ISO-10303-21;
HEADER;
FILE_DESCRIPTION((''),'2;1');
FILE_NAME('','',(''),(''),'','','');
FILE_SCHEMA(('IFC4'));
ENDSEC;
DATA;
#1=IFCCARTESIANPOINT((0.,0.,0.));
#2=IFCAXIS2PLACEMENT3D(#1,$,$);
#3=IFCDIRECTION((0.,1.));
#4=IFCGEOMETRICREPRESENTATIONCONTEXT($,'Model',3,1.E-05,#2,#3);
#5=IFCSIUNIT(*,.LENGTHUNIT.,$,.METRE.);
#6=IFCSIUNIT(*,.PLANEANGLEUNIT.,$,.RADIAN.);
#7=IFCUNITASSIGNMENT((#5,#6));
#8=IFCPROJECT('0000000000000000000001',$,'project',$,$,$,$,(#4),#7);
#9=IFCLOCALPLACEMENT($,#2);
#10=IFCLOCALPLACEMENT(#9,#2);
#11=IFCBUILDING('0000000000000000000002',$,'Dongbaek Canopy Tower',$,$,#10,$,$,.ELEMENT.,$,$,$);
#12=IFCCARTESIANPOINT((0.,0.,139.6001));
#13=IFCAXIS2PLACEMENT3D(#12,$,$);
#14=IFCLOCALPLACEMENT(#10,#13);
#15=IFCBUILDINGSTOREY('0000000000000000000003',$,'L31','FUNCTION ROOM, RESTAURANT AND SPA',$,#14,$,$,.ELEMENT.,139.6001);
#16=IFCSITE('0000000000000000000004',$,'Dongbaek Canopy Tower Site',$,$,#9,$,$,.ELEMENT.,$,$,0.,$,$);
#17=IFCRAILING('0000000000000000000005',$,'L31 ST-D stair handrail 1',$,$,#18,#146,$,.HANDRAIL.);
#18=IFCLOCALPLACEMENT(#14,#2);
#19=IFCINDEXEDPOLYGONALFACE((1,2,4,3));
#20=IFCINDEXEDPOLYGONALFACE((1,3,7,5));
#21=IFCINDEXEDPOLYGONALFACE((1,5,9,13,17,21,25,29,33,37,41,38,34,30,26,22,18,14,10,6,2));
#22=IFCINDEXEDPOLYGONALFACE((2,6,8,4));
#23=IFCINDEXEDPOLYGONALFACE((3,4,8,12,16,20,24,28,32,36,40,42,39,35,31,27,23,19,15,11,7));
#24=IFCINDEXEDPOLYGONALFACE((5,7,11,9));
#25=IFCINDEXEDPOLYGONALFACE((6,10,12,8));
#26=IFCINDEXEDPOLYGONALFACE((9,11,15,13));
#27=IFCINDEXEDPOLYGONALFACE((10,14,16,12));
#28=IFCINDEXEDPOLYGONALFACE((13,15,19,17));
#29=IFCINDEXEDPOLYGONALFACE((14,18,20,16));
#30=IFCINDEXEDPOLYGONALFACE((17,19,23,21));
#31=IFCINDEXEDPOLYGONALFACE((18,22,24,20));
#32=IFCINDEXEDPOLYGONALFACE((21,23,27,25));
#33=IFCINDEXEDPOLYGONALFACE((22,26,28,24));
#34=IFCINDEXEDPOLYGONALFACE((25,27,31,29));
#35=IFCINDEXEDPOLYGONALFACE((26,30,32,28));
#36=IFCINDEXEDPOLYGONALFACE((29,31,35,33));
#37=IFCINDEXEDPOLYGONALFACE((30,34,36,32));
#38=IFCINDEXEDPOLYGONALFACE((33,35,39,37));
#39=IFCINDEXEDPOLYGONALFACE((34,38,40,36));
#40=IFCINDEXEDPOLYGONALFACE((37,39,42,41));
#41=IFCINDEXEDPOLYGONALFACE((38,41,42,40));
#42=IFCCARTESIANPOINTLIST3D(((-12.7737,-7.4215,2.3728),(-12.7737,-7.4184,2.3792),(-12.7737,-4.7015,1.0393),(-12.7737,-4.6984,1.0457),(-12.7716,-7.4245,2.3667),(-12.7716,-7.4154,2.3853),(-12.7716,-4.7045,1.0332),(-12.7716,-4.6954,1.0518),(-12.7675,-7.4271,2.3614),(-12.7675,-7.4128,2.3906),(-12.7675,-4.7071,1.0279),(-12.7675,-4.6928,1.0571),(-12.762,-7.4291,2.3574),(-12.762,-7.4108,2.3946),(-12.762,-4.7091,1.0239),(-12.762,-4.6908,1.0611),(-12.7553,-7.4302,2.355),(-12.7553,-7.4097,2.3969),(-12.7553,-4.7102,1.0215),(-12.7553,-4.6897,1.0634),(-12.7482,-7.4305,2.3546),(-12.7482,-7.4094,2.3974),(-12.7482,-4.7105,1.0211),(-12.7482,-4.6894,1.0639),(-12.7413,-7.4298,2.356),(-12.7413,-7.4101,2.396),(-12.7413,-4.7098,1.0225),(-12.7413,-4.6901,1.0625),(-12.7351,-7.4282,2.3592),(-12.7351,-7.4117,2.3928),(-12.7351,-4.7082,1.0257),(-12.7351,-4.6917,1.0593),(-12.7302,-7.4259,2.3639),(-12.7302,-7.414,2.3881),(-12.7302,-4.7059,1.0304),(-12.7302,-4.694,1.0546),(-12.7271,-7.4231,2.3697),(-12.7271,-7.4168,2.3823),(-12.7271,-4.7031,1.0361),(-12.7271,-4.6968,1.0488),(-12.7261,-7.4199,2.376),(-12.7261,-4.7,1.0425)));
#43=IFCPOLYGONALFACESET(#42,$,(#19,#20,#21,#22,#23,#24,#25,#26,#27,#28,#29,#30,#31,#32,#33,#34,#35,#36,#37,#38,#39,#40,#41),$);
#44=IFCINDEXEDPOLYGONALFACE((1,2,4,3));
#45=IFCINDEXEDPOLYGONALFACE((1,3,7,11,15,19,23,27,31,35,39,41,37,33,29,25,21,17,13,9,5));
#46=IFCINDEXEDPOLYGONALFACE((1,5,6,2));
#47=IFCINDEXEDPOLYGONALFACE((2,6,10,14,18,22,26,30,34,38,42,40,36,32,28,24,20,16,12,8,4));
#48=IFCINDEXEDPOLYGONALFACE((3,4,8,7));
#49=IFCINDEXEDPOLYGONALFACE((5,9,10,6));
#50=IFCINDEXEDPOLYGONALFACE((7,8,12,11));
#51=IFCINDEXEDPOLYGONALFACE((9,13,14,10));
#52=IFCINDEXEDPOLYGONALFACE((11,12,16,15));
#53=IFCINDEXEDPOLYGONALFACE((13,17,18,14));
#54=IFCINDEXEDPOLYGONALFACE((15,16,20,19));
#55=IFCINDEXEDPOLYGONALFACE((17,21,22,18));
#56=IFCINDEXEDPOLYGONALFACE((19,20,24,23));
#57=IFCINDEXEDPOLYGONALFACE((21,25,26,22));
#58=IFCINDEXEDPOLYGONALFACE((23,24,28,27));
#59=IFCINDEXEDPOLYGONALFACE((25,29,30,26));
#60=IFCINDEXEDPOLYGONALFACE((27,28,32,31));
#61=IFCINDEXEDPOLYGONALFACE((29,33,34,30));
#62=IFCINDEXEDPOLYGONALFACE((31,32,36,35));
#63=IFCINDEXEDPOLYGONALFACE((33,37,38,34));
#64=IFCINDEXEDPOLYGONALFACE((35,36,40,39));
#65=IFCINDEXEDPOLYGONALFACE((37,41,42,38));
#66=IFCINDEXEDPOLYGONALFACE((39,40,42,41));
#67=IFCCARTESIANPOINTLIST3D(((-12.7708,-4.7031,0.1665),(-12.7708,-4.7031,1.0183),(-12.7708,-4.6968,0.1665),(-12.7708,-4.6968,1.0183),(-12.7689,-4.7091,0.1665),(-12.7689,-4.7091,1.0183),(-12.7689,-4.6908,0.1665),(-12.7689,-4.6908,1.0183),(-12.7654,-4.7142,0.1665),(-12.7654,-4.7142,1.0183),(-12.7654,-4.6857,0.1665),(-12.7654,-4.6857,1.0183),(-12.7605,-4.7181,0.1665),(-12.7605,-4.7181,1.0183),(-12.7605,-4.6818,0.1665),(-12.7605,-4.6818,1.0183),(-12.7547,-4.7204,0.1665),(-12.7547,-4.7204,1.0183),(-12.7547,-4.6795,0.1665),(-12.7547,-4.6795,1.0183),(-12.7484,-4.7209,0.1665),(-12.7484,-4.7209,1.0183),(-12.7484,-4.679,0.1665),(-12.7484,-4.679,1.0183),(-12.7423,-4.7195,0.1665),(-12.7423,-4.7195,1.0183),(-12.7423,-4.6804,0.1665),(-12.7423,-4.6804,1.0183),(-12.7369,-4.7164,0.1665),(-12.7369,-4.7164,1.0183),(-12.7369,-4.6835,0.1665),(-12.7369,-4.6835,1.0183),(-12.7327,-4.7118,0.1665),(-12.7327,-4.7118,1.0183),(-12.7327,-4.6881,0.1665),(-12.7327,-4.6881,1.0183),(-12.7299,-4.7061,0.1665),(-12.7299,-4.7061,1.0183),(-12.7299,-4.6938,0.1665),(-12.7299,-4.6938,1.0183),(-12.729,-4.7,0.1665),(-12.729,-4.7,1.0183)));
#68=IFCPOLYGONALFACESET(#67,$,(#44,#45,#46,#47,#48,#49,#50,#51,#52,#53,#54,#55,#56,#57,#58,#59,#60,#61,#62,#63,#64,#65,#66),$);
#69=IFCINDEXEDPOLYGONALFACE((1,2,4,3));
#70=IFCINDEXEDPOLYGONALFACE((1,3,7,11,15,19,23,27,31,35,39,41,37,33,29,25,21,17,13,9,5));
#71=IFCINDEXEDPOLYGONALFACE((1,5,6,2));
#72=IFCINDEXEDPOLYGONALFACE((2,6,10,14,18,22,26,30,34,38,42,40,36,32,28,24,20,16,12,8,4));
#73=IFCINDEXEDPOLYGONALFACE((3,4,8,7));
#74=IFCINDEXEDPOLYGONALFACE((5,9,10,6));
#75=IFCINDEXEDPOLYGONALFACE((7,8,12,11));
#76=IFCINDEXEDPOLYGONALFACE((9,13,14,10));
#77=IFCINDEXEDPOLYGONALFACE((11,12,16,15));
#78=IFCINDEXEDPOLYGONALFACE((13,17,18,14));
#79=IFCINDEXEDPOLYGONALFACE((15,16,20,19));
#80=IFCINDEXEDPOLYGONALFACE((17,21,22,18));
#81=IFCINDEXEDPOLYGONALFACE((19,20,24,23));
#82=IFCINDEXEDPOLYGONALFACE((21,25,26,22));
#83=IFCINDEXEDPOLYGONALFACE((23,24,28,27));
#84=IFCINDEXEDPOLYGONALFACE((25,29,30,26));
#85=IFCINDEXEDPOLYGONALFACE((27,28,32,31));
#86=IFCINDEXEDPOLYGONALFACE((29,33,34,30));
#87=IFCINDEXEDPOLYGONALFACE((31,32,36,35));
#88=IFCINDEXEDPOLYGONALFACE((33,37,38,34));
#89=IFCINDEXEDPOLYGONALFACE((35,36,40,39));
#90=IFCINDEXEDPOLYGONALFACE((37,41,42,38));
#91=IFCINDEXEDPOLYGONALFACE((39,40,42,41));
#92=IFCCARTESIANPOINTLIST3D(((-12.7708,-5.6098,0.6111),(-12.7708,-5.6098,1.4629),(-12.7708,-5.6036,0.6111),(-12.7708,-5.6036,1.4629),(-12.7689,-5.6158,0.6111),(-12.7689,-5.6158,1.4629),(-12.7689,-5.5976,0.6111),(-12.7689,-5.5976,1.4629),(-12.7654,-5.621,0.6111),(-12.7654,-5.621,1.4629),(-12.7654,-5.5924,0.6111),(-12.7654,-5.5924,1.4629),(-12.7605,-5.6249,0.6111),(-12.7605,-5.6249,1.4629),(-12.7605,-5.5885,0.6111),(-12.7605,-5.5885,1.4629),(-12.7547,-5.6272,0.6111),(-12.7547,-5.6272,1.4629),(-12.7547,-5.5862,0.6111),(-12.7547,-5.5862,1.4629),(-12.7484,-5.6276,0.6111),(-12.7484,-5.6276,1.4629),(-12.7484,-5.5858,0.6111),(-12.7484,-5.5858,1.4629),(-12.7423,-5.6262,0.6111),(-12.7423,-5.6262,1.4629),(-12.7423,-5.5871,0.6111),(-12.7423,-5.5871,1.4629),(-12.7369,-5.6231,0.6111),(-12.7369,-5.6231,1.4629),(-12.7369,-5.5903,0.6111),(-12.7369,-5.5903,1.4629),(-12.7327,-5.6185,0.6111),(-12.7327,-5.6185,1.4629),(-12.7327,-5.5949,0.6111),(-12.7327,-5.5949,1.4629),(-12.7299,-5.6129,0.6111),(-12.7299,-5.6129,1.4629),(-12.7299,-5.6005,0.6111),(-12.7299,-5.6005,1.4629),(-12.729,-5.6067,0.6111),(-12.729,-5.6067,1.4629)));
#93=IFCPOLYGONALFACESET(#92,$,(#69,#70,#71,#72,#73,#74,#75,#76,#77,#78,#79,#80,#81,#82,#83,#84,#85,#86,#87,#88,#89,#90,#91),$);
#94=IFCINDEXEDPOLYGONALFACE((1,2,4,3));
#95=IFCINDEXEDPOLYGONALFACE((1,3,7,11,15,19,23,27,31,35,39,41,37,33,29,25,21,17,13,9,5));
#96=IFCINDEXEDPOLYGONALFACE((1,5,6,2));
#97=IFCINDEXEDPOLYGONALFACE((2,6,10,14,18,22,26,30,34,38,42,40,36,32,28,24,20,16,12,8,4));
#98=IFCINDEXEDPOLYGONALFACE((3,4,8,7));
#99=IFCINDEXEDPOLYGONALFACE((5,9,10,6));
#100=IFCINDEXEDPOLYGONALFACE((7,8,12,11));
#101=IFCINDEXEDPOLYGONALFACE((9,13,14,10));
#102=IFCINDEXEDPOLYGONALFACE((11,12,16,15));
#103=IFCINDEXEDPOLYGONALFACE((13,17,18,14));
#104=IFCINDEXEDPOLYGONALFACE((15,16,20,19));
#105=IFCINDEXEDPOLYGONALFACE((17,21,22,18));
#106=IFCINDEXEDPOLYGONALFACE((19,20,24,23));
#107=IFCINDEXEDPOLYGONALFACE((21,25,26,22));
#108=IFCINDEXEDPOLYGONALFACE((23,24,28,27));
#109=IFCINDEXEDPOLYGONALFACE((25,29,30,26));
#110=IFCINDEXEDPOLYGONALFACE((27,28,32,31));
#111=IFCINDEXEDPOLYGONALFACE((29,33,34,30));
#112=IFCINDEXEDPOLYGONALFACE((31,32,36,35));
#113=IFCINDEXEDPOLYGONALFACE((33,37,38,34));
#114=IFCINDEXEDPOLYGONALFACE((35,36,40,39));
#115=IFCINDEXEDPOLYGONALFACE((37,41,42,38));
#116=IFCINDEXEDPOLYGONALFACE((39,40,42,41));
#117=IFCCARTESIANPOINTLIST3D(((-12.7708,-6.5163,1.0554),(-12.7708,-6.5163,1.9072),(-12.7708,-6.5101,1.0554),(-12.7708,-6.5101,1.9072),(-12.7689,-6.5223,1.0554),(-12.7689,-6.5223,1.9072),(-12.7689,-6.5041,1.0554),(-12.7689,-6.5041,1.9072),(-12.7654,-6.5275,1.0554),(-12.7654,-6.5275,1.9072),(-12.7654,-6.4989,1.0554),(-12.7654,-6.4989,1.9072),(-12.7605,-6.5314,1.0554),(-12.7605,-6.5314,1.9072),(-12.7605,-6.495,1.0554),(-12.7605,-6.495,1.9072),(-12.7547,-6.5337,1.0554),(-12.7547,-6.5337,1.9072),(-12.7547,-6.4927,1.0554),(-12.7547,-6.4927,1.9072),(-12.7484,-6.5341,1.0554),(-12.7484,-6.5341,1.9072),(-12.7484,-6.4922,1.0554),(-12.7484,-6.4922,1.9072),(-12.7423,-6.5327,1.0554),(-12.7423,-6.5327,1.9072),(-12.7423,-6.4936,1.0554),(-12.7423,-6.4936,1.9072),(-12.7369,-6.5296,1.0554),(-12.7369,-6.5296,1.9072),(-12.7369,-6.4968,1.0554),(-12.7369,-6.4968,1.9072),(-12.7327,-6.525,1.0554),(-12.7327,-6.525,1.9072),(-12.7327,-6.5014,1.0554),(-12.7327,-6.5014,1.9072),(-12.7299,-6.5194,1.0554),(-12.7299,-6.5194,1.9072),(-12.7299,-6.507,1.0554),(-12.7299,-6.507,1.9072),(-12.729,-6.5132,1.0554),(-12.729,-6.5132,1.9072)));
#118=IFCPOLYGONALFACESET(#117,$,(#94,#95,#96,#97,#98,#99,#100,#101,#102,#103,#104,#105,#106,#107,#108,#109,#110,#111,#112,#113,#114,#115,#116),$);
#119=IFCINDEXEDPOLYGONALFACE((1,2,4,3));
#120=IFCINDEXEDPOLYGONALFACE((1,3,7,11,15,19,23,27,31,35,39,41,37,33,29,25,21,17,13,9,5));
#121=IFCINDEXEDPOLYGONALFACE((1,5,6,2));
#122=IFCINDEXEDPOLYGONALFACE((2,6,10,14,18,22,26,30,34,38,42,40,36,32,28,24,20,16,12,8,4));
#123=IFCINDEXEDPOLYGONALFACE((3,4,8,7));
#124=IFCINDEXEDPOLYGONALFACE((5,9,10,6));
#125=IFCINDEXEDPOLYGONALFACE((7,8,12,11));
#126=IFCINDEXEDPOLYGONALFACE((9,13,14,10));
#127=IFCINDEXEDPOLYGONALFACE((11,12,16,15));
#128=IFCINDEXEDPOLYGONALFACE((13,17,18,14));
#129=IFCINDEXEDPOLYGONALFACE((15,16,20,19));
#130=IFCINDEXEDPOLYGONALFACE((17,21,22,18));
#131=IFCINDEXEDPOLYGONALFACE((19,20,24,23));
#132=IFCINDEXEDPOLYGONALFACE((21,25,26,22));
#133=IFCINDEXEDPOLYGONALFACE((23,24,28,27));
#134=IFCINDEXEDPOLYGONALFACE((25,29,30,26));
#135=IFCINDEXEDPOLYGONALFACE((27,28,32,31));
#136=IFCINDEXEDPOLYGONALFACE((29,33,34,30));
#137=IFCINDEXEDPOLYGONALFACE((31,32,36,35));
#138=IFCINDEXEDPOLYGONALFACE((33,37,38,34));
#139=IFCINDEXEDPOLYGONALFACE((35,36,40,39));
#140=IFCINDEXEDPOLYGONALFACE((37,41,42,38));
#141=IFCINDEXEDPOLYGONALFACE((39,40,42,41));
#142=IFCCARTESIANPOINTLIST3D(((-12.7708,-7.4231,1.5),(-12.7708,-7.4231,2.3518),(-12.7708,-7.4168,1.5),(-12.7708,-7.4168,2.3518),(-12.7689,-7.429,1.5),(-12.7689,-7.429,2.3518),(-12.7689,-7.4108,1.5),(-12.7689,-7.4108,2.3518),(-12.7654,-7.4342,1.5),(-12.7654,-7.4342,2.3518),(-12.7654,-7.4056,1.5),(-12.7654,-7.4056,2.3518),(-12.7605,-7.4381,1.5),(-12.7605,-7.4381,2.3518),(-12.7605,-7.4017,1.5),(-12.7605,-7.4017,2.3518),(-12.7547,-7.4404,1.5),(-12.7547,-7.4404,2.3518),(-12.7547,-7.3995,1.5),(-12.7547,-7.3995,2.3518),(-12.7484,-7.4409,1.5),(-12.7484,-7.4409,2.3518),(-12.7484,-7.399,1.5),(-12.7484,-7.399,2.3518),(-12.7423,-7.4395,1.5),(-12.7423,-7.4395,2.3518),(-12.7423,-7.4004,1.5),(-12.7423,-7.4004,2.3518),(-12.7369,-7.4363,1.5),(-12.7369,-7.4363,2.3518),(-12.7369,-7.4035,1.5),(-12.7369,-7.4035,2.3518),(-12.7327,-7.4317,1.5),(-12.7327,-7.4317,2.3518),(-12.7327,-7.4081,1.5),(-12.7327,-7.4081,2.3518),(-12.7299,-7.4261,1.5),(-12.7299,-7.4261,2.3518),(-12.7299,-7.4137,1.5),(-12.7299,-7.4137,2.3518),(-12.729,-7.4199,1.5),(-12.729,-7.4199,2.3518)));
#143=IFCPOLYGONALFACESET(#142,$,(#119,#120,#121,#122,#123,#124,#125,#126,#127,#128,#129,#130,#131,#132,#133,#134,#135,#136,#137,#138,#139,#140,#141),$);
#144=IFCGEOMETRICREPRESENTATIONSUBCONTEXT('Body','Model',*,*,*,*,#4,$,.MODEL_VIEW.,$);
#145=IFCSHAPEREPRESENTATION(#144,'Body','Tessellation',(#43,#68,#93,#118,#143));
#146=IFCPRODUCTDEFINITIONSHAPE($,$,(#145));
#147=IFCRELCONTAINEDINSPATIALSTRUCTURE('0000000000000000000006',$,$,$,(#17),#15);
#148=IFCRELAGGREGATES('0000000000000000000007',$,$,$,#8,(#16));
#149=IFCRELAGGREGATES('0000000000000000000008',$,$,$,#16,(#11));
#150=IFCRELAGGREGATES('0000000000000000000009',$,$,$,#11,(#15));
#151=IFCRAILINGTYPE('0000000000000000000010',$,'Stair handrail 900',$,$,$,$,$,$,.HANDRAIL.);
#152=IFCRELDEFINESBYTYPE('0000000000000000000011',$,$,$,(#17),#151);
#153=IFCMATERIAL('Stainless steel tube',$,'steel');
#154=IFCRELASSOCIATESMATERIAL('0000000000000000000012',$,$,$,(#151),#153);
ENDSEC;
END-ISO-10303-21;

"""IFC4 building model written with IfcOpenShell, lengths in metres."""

from ifc_helpers import new_model, si_unit, direction, frame, origin, origin_2d, place, context, subcontext, project, spatial, circle, extrude, material, type_object, element, save


model = new_model("IFC4")

# Units and contexts
model_context = context("Model", 3, precision=1e-05, world=origin(), true_north=direction((0.0, 1.0)))
body_context = subcontext(model_context, "Body", "Model", "MODEL_VIEW")
ifc_project = project(units=[si_unit("LENGTHUNIT", "METRE"), si_unit("PLANEANGLEUNIT", "RADIAN")], contexts=[model_context])

# Site, building, storey
site_placement = place(None, origin())
site = spatial("IfcSite", under=ifc_project, at=site_placement, Name="Dongbaek Canopy Tower Site", CompositionType="ELEMENT", RefElevation=0.0)
building_placement = place(site_placement, origin())
building = spatial("IfcBuilding", under=site, at=building_placement, Name="Dongbaek Canopy Tower", CompositionType="ELEMENT")
storey_placement = place(building_placement, frame((0.0, 0.0, 139.6001)))
storey = spatial("IfcBuildingStorey", under=building, at=storey_placement, Name="L31", Description="FUNCTION ROOM, RESTAURANT AND SPA", CompositionType="ELEMENT", Elevation=139.6001)

# Railing
ifc_material_1 = material(Name="Stainless steel tube", Category="steel")
railing_type_1 = type_object("IfcRailingType", Name="Stair handrail 900", PredefinedType="HANDRAIL", material=ifc_material_1)
railing_1_placement = place(storey_placement, frame((-12.75, -4.7, 0.1665)))
element("IfcRailing", 1, at=railing_1_placement, inside=storey, type_object=railing_type_1, Name="L31 ST-D stair handrail 1", PredefinedType="HANDRAIL", context=body_context, shape_type="SweptSolid", body=[
    extrude(circle(Radius=0.0239, at=origin_2d()), frame((0.0, 0.0, 0.876), z_axis=(0.0, -0.897898, 0.440204), x_axis=(1.0, 0.0, 0.0)), (0.0, 0.0, 1.0), 3.0293),
    extrude(circle(Radius=0.021, at=origin_2d()), origin(), (0.0, 0.0, 1.0), 0.8518),
    extrude(circle(Radius=0.021, at=origin_2d()), frame((0.0, -0.9067, 0.4446)), (0.0, 0.0, 1.0), 0.8518),
    extrude(circle(Radius=0.021, at=origin_2d()), frame((0.0, -1.8132, 0.8889)), (0.0, 0.0, 1.0), 0.8518),
    extrude(circle(Radius=0.021, at=origin_2d()), frame((0.0, -2.72, 1.3335)), (0.0, 0.0, 1.0), 0.8518),
])

save(model, "model.ifc")
